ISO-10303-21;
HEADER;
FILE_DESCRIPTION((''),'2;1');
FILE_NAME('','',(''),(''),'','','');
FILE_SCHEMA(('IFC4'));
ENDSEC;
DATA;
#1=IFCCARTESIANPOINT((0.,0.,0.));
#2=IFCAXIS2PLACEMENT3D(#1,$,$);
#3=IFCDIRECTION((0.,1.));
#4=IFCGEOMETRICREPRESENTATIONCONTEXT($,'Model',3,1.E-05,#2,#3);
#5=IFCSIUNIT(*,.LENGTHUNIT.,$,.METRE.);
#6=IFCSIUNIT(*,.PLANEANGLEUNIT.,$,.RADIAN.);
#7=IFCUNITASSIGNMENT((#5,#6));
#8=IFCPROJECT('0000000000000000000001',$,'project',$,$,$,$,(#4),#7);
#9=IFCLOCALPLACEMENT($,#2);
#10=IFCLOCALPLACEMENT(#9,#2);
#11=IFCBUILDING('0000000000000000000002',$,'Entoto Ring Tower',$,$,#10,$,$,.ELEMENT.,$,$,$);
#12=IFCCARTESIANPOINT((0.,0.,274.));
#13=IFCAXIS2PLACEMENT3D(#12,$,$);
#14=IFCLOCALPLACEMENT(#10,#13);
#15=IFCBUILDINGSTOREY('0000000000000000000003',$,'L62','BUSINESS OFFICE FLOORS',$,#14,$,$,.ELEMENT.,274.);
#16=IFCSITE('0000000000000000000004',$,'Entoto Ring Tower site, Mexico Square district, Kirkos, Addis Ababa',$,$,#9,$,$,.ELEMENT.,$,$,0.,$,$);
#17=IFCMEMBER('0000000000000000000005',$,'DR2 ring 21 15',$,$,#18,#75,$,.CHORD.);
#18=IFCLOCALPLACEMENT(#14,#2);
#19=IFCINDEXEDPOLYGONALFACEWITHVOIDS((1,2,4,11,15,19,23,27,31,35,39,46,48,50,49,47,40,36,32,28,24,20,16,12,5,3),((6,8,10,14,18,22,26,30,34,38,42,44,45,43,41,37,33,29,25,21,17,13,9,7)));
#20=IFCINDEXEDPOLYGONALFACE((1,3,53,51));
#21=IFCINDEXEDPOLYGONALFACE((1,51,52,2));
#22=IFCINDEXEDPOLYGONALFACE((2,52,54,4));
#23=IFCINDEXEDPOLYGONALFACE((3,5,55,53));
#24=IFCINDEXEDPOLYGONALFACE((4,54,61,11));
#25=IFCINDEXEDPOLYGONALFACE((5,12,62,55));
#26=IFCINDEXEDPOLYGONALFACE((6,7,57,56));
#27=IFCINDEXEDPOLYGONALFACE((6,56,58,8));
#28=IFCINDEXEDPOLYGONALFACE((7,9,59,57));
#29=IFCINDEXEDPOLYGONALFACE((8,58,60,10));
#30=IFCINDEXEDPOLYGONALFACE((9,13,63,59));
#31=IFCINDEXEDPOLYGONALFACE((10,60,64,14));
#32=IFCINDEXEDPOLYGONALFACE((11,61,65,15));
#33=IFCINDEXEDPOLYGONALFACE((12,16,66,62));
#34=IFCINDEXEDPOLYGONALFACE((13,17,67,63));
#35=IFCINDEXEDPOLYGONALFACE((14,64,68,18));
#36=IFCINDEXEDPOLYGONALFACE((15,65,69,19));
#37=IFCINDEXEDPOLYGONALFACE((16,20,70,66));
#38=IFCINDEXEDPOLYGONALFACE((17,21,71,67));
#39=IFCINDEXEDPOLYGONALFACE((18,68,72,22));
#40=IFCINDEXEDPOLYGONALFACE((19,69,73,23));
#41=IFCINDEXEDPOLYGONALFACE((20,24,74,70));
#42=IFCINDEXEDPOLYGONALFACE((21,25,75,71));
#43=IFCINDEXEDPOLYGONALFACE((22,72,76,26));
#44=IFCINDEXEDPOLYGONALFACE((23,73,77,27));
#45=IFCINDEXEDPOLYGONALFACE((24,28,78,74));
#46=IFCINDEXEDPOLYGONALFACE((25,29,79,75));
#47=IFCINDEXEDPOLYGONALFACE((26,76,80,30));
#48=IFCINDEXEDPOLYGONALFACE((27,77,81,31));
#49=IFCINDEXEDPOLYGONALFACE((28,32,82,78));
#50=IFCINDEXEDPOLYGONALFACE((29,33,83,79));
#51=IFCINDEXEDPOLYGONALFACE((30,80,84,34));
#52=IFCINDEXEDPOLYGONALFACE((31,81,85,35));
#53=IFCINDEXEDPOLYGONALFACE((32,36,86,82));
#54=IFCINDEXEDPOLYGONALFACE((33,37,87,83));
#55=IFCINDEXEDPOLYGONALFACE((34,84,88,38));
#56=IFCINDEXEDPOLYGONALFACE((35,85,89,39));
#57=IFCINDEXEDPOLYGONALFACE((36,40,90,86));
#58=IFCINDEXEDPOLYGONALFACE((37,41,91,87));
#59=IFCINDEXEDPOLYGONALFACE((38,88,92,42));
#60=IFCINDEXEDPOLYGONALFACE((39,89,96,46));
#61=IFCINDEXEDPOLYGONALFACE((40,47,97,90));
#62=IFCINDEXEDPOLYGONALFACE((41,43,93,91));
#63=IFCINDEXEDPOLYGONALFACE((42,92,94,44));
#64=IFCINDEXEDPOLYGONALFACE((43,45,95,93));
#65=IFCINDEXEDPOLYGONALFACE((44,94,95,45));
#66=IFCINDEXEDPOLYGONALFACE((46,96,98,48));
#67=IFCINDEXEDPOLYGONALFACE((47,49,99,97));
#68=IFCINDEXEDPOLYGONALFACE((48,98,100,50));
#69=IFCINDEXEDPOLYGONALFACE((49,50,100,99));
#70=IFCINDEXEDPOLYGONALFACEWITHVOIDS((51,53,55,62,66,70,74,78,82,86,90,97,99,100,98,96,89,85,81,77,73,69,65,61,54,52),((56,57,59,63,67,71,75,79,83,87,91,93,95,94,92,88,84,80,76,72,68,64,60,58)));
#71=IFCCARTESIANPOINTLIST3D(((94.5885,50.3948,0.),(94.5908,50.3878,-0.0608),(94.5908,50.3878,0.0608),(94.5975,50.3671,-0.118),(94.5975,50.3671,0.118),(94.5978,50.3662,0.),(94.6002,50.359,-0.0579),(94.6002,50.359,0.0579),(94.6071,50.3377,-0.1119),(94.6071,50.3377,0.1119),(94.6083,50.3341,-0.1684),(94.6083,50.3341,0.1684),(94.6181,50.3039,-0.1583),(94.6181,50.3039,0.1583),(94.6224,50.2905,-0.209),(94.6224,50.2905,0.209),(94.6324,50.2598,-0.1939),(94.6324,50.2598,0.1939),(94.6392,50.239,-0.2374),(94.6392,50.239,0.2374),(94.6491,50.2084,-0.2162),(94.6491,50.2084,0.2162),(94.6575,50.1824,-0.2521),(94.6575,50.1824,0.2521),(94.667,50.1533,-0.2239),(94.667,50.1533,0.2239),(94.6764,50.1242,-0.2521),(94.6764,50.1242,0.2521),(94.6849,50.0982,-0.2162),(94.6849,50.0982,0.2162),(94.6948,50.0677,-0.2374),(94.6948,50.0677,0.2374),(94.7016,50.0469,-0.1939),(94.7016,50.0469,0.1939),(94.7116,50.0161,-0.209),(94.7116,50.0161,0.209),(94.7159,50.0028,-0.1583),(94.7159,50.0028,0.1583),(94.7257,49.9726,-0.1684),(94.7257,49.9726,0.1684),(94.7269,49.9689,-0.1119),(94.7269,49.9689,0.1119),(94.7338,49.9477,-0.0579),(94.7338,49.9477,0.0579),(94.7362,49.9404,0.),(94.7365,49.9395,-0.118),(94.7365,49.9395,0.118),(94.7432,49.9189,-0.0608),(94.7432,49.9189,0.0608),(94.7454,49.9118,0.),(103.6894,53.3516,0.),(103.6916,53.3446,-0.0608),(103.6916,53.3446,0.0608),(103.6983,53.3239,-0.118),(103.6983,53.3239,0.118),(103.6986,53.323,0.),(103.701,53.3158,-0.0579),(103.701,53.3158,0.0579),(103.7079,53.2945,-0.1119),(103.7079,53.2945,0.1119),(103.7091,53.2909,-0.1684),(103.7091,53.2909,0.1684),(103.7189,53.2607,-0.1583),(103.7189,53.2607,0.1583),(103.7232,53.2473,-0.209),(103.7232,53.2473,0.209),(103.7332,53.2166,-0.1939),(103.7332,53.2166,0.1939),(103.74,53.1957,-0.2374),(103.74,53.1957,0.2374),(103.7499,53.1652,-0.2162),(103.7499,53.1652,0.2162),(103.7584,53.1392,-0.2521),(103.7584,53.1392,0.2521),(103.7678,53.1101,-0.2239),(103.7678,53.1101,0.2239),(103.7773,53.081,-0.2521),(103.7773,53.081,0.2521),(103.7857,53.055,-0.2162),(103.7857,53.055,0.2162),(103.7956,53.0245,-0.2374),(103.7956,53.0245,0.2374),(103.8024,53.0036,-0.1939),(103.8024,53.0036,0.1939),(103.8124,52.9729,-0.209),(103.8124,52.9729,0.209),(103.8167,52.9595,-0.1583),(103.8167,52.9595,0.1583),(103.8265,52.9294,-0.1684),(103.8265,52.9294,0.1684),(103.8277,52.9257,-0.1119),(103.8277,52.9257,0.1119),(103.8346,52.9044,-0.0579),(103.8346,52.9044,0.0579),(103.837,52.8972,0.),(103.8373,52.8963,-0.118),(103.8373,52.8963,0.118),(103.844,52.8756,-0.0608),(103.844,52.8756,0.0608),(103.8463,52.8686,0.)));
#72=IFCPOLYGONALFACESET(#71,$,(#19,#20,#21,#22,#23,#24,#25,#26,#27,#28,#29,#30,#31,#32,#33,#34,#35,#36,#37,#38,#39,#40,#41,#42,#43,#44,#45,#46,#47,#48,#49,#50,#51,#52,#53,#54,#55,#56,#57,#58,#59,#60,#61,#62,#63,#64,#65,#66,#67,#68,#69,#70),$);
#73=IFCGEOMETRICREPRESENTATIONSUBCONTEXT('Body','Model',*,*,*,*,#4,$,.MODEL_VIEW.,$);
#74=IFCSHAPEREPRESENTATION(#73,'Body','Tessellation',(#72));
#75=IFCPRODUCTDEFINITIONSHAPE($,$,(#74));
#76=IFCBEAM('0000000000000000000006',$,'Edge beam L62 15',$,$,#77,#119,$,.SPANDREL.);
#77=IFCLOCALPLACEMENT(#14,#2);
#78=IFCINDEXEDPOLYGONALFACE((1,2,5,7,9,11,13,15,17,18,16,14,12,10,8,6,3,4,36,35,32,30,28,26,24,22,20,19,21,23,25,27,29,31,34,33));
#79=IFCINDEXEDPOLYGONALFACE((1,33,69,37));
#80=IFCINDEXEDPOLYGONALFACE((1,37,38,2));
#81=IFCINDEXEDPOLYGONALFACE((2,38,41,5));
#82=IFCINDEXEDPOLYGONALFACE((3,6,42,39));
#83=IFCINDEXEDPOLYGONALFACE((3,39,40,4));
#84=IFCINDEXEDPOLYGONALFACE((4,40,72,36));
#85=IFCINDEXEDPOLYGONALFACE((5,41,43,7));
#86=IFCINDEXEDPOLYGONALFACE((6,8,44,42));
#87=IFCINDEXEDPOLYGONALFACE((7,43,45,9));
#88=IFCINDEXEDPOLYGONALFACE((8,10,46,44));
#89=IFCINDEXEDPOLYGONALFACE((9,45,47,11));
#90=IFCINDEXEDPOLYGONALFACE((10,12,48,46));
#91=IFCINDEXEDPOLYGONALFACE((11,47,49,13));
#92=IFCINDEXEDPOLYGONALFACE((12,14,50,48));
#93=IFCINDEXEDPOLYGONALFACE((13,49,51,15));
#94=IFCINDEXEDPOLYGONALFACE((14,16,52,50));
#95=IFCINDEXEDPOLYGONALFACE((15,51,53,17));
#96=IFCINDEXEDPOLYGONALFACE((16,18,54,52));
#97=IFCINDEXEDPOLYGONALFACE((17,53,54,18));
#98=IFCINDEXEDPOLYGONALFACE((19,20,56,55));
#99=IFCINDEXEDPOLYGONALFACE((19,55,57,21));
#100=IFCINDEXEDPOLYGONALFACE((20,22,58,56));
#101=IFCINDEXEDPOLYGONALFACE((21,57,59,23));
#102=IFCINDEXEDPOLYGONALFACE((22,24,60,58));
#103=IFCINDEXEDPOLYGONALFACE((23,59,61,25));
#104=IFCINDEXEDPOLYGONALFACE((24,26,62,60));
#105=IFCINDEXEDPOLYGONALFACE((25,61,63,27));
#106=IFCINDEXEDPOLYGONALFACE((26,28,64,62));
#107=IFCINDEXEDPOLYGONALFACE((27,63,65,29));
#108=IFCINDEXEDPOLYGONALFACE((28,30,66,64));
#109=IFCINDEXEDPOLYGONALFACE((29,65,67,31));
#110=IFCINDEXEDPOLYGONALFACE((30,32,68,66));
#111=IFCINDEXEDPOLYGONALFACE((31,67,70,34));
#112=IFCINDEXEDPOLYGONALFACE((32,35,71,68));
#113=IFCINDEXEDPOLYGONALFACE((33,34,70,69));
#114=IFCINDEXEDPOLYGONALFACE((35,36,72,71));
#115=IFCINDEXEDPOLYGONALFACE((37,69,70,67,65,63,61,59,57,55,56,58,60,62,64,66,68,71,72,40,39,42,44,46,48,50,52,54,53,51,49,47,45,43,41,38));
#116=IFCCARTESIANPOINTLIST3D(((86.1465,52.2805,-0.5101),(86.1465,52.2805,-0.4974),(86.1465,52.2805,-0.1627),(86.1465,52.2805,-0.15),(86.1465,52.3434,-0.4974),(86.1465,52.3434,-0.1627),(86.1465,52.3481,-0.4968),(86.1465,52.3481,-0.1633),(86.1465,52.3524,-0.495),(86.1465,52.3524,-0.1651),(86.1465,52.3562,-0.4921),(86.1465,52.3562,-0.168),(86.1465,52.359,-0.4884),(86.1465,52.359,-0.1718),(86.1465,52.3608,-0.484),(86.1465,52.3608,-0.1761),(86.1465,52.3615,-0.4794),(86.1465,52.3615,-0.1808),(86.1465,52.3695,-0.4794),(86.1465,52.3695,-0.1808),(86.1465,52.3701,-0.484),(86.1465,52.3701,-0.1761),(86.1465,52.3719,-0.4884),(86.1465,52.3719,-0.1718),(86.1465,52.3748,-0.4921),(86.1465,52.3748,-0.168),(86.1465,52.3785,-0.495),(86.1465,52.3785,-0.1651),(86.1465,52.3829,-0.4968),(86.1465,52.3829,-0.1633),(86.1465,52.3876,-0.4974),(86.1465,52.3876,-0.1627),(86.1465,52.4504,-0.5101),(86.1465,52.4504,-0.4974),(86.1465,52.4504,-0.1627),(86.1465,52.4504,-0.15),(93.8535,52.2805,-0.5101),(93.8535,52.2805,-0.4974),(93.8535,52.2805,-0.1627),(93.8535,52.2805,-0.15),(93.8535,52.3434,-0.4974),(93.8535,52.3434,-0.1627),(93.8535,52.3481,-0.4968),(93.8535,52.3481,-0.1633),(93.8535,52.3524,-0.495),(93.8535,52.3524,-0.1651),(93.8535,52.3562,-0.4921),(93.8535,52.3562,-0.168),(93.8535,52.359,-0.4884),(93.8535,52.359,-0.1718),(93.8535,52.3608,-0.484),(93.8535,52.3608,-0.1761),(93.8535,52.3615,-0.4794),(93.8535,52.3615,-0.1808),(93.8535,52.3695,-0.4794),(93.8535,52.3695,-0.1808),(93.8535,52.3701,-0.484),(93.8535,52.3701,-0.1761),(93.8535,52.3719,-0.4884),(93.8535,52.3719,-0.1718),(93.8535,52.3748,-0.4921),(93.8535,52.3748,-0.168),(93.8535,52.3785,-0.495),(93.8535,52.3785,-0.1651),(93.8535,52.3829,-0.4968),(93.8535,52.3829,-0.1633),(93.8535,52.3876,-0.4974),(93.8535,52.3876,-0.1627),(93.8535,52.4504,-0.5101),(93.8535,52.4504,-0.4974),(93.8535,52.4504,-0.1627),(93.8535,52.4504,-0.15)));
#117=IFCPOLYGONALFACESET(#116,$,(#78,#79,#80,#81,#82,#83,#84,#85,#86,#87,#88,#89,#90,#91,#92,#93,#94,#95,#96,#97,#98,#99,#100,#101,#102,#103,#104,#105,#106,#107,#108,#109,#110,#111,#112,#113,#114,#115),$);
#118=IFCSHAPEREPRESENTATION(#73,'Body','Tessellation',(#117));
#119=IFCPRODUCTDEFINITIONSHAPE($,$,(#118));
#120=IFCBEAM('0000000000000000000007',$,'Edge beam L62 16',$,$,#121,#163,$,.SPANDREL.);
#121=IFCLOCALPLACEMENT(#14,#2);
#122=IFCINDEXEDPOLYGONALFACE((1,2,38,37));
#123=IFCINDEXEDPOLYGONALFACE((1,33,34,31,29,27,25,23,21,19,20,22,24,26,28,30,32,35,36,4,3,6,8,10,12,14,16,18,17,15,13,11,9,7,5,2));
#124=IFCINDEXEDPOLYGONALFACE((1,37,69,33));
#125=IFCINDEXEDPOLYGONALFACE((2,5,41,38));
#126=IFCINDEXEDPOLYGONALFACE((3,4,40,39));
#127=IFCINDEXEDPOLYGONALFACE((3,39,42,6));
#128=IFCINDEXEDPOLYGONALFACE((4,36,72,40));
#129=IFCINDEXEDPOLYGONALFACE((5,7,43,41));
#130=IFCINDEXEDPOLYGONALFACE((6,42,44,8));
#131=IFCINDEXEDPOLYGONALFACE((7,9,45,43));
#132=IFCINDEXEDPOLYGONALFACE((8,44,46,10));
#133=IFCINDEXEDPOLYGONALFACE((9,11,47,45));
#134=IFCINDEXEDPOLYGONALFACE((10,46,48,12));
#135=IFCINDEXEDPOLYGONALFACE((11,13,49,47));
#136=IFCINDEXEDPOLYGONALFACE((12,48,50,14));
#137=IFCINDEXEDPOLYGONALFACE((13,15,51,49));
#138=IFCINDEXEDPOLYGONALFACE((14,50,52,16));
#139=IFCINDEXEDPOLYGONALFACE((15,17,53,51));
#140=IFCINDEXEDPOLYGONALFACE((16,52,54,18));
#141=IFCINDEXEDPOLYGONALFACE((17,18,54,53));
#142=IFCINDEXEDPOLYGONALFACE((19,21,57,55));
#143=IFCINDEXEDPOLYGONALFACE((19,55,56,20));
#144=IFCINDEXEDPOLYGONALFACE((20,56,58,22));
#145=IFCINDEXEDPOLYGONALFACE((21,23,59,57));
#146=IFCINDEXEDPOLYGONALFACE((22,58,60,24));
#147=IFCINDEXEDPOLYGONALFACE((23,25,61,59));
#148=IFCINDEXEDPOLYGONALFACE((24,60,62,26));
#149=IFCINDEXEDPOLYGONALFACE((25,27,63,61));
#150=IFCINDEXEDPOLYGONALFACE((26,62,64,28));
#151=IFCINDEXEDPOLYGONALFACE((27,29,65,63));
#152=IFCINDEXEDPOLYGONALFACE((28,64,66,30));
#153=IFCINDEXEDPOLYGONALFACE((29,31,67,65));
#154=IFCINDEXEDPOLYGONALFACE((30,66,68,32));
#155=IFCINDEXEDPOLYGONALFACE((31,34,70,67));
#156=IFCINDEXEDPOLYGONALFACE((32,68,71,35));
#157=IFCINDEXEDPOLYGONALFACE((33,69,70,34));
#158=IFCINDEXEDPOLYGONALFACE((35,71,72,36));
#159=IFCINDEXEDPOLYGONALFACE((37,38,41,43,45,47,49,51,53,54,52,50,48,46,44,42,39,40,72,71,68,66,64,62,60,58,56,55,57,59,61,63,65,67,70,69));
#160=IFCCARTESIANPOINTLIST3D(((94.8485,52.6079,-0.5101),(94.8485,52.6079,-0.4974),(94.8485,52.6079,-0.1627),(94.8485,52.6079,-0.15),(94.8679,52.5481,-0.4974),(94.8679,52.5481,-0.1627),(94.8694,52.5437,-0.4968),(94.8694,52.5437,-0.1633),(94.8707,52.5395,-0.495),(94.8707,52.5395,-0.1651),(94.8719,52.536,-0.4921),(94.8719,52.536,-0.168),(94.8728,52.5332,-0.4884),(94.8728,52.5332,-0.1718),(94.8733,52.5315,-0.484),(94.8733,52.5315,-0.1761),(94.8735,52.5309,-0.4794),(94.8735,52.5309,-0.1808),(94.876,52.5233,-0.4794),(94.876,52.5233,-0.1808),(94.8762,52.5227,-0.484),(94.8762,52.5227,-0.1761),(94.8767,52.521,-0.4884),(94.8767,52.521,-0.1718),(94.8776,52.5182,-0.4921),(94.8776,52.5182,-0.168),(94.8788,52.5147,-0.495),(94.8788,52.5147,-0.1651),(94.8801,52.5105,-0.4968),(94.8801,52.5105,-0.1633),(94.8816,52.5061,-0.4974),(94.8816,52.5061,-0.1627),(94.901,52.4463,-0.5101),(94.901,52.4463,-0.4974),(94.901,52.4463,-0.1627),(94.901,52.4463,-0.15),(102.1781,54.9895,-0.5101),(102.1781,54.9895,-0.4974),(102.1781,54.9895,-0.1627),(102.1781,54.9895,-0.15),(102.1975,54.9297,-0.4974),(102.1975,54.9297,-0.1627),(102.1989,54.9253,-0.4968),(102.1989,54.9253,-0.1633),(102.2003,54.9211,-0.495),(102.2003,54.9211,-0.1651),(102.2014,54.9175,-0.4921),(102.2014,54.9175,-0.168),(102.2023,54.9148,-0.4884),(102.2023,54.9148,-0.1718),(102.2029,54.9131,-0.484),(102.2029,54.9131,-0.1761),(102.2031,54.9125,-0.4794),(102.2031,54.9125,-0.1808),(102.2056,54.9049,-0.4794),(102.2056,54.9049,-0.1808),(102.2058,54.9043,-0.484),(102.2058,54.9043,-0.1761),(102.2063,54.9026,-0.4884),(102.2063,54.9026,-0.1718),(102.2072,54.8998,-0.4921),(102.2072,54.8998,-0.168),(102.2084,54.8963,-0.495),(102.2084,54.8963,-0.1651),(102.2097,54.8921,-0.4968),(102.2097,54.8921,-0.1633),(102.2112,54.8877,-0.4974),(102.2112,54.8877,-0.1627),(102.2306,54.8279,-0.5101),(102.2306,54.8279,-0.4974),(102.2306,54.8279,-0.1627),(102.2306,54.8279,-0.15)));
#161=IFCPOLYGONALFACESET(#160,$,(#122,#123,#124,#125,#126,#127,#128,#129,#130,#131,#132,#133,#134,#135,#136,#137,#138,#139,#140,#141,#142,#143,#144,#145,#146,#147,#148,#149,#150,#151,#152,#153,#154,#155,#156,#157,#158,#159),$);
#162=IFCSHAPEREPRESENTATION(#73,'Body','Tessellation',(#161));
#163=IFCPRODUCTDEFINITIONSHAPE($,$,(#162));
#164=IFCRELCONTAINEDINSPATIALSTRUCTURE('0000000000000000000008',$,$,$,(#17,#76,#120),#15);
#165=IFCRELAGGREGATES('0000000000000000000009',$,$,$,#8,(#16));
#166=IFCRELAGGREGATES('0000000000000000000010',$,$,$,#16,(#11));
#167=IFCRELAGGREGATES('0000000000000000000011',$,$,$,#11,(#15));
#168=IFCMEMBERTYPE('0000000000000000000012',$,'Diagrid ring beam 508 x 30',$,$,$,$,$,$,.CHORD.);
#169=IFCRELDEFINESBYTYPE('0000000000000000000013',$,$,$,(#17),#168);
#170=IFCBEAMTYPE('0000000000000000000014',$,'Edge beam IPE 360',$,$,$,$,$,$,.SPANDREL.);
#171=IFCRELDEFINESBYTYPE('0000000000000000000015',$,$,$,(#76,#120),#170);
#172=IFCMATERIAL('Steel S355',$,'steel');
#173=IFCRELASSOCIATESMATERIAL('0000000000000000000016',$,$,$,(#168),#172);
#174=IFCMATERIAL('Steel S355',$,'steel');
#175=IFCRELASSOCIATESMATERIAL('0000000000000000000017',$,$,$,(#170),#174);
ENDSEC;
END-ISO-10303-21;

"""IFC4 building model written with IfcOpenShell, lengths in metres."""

from ifc_helpers import new_model, si_unit, direction, frame, origin, origin_2d, place, context, subcontext, project, spatial, circle, hollow_circle, i_section, extrude, material, material_profile, profile_set, type_object, element, save


model = new_model("IFC4")

# Units and contexts
model_context = context("Model", 3, precision=1e-05, world=origin(), true_north=direction((0.0, 1.0)))
body_context = subcontext(model_context, "Body", "Model", "MODEL_VIEW")
ifc_project = project(units=[si_unit("LENGTHUNIT", "METRE"), si_unit("PLANEANGLEUNIT", "RADIAN")], contexts=[model_context])

# Site, building, storey
site_placement = place(None, origin())
site = spatial("IfcSite", under=ifc_project, at=site_placement, Name="Entoto Ring Tower site, Mexico Square district, Kirkos, Addis Ababa", CompositionType="ELEMENT", RefElevation=0.0)
building_placement = place(site_placement, origin())
building = spatial("IfcBuilding", under=site, at=building_placement, Name="Entoto Ring Tower", CompositionType="ELEMENT")
storey_placement = place(building_placement, frame((0.0, 0.0, 274.0)))
storey = spatial("IfcBuildingStorey", under=building, at=storey_placement, Name="L62", Description="BUSINESS OFFICE FLOORS", CompositionType="ELEMENT", Elevation=274.0)

# Member
ifc_material_1 = material(Name="Steel S355", Category="steel")
ifc_material_profile_1 = material_profile(ifc_material_1, hollow_circle(Radius=0.2539, WallThickness=0.03, at=origin_2d()), Name="CHS 508 x 30")
ifc_material_2 = material(Name="Concrete C60/75", Category="concrete")
ifc_material_profile_2 = material_profile(ifc_material_2, circle(Radius=0.2241, at=origin_2d()), Name="Concrete C60/75 infill")
ifc_profile_set_1 = profile_set([ifc_material_profile_1, ifc_material_profile_2], Name="Steel S355")
member_type_1 = type_object("IfcMemberType", Name="Diagrid ring beam 508 x 30", PredefinedType="CHORD", material=ifc_profile_set_1)
member_placement = place(storey_placement, frame((94.667, 50.1533, 0.0), z_axis=(0.951064, 0.308993, 0.0), x_axis=(-0.308993, 0.951064, 0.0)))
element("IfcMember", 1, at=member_placement, inside=storey, type_object=member_type_1, Name="DR2 ring 21 15", PredefinedType="CHORD", context=body_context, shape_type="SweptSolid", body=[
    extrude(hollow_circle(Radius=0.2539, WallThickness=0.03, at=origin_2d()), origin(), (0.0, 0.0, 1.0), 9.5691),
])

# Beams
ifc_material_3 = material(Name="Steel S355", Category="steel")
ifc_material_profile_3 = material_profile(ifc_material_3, i_section(OverallWidth=0.1699, OverallDepth=0.3601, WebThickness=0.0081, FlangeThickness=0.0127, FilletRadius=0.0181, at=origin_2d()), Name="IPE 360")
ifc_profile_set_2 = profile_set([ifc_material_profile_3], Name="Steel S355")
beam_type_1 = type_object("IfcBeamType", Name="Edge beam IPE 360", PredefinedType="SPANDREL", material=ifc_profile_set_2)
beam_1_placement = place(storey_placement, frame((86.1465, 52.3655, -0.3301), z_axis=(1.0, 0.0, 0.0), x_axis=(0.0, 1.0, 0.0)))
element("IfcBeam", 2, at=beam_1_placement, inside=storey, type_object=beam_type_1, Name="Edge beam L62 15", PredefinedType="SPANDREL", context=body_context, shape_type="SweptSolid", body=[
    extrude(i_section(OverallWidth=0.1699, OverallDepth=0.3601, WebThickness=0.0081, FlangeThickness=0.0127, FilletRadius=0.0181, at=origin_2d()), origin(), (0.0, 0.0, 1.0), 7.707),
])
beam_2_placement = place(storey_placement, frame((94.8748, 52.5271, -0.3301), z_axis=(0.951054, 0.309024, 0.0), x_axis=(-0.309024, 0.951054, 0.0)))
element("IfcBeam", 3, at=beam_2_placement, inside=storey, type_object=beam_type_1, Name="Edge beam L62 16", PredefinedType="SPANDREL", context=body_context, shape_type="SweptSolid", body=[
    extrude(i_section(OverallWidth=0.1699, OverallDepth=0.3601, WebThickness=0.0081, FlangeThickness=0.0127, FilletRadius=0.0181, at=origin_2d()), origin(), (0.0, 0.0, 1.0), 7.7068),
])

save(model, "model.ifc")
